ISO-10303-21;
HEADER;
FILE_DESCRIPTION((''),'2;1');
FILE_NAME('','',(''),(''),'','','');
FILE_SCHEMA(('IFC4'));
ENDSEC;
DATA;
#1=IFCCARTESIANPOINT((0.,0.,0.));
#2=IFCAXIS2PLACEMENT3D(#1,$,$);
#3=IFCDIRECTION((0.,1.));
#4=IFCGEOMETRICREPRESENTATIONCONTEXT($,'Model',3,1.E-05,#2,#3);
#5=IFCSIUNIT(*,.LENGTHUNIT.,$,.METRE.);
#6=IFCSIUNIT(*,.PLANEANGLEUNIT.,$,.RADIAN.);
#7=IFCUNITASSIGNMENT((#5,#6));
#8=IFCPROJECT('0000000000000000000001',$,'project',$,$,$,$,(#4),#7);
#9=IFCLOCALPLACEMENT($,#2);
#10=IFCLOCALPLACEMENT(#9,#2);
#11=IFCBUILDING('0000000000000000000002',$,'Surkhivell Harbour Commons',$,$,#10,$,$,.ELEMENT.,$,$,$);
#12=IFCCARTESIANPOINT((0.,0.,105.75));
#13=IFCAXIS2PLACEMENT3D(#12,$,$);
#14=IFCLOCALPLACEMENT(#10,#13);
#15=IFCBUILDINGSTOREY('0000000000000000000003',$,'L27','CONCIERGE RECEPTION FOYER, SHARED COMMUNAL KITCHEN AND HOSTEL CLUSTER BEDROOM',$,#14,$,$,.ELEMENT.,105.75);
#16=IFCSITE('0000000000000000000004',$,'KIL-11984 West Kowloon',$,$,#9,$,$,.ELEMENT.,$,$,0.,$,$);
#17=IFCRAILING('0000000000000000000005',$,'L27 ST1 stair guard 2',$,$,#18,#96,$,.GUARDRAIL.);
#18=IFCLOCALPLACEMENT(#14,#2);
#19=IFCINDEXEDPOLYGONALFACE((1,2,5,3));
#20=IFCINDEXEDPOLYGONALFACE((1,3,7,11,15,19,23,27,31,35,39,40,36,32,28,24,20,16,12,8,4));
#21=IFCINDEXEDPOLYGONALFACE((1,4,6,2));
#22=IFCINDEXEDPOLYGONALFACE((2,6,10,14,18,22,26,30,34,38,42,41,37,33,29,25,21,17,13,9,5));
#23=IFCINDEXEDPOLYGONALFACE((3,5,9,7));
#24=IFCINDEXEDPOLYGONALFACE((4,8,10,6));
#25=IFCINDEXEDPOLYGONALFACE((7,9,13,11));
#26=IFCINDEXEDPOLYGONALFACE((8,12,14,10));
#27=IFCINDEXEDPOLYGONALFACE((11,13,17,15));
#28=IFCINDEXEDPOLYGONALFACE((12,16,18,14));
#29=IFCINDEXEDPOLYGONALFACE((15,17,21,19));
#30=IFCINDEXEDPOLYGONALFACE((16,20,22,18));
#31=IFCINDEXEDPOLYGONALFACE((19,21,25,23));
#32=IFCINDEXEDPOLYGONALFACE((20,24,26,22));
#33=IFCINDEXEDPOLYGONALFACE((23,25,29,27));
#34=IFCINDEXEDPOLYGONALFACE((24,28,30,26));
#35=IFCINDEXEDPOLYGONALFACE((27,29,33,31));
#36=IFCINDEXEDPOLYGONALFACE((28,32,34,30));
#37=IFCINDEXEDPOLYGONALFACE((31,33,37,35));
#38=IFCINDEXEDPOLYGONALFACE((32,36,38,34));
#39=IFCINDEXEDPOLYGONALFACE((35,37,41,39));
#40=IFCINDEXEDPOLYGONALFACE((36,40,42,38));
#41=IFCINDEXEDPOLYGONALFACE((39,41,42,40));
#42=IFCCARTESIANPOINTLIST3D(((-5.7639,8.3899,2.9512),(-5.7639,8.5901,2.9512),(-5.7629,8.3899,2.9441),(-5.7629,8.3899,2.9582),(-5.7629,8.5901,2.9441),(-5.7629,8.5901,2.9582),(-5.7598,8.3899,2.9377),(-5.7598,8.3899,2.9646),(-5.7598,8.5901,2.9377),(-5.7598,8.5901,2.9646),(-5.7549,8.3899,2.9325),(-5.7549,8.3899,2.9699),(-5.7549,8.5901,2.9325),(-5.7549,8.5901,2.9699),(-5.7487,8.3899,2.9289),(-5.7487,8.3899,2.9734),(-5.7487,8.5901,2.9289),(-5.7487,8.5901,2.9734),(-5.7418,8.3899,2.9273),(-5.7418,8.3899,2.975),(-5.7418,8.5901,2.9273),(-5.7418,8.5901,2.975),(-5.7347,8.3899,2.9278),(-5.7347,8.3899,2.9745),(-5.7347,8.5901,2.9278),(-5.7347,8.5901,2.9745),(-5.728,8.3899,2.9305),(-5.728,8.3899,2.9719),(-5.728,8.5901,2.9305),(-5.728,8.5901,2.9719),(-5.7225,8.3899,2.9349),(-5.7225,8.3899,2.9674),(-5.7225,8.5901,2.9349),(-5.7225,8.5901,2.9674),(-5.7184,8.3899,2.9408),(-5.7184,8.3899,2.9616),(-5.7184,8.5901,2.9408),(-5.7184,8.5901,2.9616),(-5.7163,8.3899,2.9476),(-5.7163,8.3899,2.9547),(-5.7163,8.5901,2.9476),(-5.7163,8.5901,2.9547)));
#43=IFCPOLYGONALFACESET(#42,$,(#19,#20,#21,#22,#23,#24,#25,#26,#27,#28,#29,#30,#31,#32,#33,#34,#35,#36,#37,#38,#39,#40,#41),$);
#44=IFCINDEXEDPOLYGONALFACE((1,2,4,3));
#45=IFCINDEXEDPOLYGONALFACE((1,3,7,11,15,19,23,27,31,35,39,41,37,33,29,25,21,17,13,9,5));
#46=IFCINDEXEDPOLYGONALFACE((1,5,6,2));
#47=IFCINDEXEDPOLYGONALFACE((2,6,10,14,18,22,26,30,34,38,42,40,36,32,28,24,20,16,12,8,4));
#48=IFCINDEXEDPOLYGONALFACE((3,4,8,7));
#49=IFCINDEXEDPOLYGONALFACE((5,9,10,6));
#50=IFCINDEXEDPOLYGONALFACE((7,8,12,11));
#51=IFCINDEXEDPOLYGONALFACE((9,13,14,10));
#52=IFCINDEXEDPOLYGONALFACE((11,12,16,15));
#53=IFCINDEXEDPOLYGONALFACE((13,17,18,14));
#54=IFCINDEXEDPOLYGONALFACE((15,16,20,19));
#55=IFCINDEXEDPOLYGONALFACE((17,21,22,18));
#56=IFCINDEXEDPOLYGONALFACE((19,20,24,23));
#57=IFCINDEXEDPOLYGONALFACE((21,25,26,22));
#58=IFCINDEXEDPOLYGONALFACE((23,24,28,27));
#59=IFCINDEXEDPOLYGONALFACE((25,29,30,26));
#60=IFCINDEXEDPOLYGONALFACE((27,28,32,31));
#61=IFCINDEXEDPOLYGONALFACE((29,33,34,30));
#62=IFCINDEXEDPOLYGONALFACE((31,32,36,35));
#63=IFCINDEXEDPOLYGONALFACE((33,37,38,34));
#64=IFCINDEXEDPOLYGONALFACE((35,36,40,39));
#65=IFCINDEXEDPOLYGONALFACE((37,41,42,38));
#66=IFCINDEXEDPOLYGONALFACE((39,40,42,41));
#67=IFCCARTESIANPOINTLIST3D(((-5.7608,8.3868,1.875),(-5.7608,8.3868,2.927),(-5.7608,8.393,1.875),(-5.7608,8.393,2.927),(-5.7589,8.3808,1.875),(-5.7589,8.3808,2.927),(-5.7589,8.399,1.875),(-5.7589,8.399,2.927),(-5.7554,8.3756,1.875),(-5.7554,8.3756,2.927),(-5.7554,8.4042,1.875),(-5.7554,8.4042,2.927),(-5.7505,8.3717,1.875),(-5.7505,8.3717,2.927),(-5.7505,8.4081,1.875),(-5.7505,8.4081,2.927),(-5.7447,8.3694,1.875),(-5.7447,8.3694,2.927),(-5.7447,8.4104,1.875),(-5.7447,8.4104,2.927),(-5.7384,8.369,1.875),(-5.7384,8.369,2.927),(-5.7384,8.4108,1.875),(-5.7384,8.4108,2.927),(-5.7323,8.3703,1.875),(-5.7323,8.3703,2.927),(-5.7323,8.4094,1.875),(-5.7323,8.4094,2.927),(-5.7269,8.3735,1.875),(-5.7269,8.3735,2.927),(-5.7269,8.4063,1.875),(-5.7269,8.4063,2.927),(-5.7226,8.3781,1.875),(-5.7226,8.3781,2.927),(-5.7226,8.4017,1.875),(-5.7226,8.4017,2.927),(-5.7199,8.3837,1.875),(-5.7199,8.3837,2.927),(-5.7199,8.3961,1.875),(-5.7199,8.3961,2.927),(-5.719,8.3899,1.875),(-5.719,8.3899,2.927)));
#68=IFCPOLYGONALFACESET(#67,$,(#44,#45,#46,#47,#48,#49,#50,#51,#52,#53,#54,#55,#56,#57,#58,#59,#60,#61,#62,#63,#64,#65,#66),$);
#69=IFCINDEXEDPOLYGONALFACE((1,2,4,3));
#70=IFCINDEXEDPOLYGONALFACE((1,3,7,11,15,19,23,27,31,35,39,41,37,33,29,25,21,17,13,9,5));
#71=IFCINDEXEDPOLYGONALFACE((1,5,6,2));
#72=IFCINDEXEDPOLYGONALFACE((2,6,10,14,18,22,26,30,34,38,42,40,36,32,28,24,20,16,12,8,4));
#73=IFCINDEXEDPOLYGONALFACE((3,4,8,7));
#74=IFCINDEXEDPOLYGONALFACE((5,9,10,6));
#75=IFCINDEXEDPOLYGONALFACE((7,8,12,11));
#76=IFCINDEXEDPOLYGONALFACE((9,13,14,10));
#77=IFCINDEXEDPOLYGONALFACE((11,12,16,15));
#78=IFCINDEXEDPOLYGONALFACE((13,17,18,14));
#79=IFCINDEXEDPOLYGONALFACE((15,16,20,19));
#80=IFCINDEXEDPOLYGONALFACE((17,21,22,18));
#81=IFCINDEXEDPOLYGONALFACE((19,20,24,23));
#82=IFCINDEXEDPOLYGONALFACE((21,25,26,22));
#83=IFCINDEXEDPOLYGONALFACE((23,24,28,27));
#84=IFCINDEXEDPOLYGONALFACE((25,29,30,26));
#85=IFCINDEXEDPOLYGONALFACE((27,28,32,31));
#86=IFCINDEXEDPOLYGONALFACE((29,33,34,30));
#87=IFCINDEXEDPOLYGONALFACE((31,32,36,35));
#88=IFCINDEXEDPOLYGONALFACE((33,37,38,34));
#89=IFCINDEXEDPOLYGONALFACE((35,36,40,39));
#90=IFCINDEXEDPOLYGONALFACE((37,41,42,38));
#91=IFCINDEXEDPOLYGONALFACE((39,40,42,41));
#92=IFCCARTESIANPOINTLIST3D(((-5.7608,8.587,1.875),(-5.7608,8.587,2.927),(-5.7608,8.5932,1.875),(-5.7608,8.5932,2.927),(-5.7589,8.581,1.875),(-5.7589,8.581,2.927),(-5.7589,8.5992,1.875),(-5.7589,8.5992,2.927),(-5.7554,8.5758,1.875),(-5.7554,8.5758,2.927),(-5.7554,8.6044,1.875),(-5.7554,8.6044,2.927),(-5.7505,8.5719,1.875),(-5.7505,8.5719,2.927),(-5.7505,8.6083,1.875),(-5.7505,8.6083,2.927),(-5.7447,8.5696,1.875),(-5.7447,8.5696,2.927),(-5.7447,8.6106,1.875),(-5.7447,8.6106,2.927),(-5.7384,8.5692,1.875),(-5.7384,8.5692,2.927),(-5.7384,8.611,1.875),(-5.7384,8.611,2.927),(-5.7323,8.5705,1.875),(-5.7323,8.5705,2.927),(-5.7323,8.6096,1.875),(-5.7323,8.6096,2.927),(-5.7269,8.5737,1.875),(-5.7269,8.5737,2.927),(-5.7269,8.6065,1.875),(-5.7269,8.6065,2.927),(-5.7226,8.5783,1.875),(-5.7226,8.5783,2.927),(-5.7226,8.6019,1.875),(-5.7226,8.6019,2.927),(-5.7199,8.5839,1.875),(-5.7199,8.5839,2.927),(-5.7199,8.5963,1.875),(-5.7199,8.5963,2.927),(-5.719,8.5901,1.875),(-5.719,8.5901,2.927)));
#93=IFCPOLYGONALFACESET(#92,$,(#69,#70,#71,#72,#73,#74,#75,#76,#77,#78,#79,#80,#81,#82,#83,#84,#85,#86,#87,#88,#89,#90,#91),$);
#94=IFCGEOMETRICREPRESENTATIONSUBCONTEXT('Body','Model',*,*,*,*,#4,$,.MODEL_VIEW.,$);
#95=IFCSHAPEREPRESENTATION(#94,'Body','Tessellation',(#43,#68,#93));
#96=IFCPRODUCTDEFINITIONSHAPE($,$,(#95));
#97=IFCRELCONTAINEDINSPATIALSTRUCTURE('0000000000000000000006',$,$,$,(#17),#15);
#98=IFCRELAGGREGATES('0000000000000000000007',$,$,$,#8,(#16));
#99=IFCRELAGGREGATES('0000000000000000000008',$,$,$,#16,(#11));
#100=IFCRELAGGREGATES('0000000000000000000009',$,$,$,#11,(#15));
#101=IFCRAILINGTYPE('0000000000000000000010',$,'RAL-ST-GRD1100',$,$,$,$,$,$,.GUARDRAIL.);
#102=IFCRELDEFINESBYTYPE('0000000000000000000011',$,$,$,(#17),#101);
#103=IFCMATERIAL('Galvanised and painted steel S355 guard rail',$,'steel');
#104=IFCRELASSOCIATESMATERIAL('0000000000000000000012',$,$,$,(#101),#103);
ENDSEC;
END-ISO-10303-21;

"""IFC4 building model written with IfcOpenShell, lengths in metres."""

from ifc_helpers import new_model, si_unit, direction, frame, origin, origin_2d, place, context, subcontext, project, spatial, circle, extrude, material, type_object, element, save


model = new_model("IFC4")

# Units and contexts
model_context = context("Model", 3, precision=1e-05, world=origin(), true_north=direction((0.0, 1.0)))
body_context = subcontext(model_context, "Body", "Model", "MODEL_VIEW")
ifc_project = project(units=[si_unit("LENGTHUNIT", "METRE"), si_unit("PLANEANGLEUNIT", "RADIAN")], contexts=[model_context])

# Site, building, storey
site_placement = place(None, origin())
site = spatial("IfcSite", under=ifc_project, at=site_placement, Name="KIL-11984 West Kowloon", CompositionType="ELEMENT", RefElevation=0.0)
building_placement = place(site_placement, origin())
building = spatial("IfcBuilding", under=site, at=building_placement, Name="Surkhivell Harbour Commons", CompositionType="ELEMENT")
storey_placement = place(building_placement, frame((0.0, 0.0, 105.75)))
storey = spatial("IfcBuildingStorey", under=building, at=storey_placement, Name="L27", Description="CONCIERGE RECEPTION FOYER, SHARED COMMUNAL KITCHEN AND HOSTEL CLUSTER BEDROOM", CompositionType="ELEMENT", Elevation=105.75)

# Railing
ifc_material_1 = material(Name="Galvanised and painted steel S355 guard rail", Category="steel")
railing_type_1 = type_object("IfcRailingType", Name="RAL-ST-GRD1100", PredefinedType="GUARDRAIL", material=ifc_material_1)
railing_1_placement = place(storey_placement, frame((-5.74, 8.3899, 1.875)))
element("IfcRailing", 1, at=railing_1_placement, inside=storey, type_object=railing_type_1, Name="L27 ST1 stair guard 2", PredefinedType="GUARDRAIL", context=body_context, shape_type="SweptSolid", body=[
    extrude(circle(Radius=0.0239, at=origin_2d()), frame((0.0, 0.0, 1.0762), z_axis=(0.0, 1.0, 0.0), x_axis=(-1.0, 0.0, 0.0)), (0.0, 0.0, 1.0), 0.2002),
    extrude(circle(Radius=0.021, at=origin_2d()), origin(), (0.0, 0.0, 1.0), 1.052),
    extrude(circle(Radius=0.021, at=origin_2d()), frame((0.0, 0.2002, 0.0)), (0.0, 0.0, 1.0), 1.052),
])

save(model, "model.ifc")
